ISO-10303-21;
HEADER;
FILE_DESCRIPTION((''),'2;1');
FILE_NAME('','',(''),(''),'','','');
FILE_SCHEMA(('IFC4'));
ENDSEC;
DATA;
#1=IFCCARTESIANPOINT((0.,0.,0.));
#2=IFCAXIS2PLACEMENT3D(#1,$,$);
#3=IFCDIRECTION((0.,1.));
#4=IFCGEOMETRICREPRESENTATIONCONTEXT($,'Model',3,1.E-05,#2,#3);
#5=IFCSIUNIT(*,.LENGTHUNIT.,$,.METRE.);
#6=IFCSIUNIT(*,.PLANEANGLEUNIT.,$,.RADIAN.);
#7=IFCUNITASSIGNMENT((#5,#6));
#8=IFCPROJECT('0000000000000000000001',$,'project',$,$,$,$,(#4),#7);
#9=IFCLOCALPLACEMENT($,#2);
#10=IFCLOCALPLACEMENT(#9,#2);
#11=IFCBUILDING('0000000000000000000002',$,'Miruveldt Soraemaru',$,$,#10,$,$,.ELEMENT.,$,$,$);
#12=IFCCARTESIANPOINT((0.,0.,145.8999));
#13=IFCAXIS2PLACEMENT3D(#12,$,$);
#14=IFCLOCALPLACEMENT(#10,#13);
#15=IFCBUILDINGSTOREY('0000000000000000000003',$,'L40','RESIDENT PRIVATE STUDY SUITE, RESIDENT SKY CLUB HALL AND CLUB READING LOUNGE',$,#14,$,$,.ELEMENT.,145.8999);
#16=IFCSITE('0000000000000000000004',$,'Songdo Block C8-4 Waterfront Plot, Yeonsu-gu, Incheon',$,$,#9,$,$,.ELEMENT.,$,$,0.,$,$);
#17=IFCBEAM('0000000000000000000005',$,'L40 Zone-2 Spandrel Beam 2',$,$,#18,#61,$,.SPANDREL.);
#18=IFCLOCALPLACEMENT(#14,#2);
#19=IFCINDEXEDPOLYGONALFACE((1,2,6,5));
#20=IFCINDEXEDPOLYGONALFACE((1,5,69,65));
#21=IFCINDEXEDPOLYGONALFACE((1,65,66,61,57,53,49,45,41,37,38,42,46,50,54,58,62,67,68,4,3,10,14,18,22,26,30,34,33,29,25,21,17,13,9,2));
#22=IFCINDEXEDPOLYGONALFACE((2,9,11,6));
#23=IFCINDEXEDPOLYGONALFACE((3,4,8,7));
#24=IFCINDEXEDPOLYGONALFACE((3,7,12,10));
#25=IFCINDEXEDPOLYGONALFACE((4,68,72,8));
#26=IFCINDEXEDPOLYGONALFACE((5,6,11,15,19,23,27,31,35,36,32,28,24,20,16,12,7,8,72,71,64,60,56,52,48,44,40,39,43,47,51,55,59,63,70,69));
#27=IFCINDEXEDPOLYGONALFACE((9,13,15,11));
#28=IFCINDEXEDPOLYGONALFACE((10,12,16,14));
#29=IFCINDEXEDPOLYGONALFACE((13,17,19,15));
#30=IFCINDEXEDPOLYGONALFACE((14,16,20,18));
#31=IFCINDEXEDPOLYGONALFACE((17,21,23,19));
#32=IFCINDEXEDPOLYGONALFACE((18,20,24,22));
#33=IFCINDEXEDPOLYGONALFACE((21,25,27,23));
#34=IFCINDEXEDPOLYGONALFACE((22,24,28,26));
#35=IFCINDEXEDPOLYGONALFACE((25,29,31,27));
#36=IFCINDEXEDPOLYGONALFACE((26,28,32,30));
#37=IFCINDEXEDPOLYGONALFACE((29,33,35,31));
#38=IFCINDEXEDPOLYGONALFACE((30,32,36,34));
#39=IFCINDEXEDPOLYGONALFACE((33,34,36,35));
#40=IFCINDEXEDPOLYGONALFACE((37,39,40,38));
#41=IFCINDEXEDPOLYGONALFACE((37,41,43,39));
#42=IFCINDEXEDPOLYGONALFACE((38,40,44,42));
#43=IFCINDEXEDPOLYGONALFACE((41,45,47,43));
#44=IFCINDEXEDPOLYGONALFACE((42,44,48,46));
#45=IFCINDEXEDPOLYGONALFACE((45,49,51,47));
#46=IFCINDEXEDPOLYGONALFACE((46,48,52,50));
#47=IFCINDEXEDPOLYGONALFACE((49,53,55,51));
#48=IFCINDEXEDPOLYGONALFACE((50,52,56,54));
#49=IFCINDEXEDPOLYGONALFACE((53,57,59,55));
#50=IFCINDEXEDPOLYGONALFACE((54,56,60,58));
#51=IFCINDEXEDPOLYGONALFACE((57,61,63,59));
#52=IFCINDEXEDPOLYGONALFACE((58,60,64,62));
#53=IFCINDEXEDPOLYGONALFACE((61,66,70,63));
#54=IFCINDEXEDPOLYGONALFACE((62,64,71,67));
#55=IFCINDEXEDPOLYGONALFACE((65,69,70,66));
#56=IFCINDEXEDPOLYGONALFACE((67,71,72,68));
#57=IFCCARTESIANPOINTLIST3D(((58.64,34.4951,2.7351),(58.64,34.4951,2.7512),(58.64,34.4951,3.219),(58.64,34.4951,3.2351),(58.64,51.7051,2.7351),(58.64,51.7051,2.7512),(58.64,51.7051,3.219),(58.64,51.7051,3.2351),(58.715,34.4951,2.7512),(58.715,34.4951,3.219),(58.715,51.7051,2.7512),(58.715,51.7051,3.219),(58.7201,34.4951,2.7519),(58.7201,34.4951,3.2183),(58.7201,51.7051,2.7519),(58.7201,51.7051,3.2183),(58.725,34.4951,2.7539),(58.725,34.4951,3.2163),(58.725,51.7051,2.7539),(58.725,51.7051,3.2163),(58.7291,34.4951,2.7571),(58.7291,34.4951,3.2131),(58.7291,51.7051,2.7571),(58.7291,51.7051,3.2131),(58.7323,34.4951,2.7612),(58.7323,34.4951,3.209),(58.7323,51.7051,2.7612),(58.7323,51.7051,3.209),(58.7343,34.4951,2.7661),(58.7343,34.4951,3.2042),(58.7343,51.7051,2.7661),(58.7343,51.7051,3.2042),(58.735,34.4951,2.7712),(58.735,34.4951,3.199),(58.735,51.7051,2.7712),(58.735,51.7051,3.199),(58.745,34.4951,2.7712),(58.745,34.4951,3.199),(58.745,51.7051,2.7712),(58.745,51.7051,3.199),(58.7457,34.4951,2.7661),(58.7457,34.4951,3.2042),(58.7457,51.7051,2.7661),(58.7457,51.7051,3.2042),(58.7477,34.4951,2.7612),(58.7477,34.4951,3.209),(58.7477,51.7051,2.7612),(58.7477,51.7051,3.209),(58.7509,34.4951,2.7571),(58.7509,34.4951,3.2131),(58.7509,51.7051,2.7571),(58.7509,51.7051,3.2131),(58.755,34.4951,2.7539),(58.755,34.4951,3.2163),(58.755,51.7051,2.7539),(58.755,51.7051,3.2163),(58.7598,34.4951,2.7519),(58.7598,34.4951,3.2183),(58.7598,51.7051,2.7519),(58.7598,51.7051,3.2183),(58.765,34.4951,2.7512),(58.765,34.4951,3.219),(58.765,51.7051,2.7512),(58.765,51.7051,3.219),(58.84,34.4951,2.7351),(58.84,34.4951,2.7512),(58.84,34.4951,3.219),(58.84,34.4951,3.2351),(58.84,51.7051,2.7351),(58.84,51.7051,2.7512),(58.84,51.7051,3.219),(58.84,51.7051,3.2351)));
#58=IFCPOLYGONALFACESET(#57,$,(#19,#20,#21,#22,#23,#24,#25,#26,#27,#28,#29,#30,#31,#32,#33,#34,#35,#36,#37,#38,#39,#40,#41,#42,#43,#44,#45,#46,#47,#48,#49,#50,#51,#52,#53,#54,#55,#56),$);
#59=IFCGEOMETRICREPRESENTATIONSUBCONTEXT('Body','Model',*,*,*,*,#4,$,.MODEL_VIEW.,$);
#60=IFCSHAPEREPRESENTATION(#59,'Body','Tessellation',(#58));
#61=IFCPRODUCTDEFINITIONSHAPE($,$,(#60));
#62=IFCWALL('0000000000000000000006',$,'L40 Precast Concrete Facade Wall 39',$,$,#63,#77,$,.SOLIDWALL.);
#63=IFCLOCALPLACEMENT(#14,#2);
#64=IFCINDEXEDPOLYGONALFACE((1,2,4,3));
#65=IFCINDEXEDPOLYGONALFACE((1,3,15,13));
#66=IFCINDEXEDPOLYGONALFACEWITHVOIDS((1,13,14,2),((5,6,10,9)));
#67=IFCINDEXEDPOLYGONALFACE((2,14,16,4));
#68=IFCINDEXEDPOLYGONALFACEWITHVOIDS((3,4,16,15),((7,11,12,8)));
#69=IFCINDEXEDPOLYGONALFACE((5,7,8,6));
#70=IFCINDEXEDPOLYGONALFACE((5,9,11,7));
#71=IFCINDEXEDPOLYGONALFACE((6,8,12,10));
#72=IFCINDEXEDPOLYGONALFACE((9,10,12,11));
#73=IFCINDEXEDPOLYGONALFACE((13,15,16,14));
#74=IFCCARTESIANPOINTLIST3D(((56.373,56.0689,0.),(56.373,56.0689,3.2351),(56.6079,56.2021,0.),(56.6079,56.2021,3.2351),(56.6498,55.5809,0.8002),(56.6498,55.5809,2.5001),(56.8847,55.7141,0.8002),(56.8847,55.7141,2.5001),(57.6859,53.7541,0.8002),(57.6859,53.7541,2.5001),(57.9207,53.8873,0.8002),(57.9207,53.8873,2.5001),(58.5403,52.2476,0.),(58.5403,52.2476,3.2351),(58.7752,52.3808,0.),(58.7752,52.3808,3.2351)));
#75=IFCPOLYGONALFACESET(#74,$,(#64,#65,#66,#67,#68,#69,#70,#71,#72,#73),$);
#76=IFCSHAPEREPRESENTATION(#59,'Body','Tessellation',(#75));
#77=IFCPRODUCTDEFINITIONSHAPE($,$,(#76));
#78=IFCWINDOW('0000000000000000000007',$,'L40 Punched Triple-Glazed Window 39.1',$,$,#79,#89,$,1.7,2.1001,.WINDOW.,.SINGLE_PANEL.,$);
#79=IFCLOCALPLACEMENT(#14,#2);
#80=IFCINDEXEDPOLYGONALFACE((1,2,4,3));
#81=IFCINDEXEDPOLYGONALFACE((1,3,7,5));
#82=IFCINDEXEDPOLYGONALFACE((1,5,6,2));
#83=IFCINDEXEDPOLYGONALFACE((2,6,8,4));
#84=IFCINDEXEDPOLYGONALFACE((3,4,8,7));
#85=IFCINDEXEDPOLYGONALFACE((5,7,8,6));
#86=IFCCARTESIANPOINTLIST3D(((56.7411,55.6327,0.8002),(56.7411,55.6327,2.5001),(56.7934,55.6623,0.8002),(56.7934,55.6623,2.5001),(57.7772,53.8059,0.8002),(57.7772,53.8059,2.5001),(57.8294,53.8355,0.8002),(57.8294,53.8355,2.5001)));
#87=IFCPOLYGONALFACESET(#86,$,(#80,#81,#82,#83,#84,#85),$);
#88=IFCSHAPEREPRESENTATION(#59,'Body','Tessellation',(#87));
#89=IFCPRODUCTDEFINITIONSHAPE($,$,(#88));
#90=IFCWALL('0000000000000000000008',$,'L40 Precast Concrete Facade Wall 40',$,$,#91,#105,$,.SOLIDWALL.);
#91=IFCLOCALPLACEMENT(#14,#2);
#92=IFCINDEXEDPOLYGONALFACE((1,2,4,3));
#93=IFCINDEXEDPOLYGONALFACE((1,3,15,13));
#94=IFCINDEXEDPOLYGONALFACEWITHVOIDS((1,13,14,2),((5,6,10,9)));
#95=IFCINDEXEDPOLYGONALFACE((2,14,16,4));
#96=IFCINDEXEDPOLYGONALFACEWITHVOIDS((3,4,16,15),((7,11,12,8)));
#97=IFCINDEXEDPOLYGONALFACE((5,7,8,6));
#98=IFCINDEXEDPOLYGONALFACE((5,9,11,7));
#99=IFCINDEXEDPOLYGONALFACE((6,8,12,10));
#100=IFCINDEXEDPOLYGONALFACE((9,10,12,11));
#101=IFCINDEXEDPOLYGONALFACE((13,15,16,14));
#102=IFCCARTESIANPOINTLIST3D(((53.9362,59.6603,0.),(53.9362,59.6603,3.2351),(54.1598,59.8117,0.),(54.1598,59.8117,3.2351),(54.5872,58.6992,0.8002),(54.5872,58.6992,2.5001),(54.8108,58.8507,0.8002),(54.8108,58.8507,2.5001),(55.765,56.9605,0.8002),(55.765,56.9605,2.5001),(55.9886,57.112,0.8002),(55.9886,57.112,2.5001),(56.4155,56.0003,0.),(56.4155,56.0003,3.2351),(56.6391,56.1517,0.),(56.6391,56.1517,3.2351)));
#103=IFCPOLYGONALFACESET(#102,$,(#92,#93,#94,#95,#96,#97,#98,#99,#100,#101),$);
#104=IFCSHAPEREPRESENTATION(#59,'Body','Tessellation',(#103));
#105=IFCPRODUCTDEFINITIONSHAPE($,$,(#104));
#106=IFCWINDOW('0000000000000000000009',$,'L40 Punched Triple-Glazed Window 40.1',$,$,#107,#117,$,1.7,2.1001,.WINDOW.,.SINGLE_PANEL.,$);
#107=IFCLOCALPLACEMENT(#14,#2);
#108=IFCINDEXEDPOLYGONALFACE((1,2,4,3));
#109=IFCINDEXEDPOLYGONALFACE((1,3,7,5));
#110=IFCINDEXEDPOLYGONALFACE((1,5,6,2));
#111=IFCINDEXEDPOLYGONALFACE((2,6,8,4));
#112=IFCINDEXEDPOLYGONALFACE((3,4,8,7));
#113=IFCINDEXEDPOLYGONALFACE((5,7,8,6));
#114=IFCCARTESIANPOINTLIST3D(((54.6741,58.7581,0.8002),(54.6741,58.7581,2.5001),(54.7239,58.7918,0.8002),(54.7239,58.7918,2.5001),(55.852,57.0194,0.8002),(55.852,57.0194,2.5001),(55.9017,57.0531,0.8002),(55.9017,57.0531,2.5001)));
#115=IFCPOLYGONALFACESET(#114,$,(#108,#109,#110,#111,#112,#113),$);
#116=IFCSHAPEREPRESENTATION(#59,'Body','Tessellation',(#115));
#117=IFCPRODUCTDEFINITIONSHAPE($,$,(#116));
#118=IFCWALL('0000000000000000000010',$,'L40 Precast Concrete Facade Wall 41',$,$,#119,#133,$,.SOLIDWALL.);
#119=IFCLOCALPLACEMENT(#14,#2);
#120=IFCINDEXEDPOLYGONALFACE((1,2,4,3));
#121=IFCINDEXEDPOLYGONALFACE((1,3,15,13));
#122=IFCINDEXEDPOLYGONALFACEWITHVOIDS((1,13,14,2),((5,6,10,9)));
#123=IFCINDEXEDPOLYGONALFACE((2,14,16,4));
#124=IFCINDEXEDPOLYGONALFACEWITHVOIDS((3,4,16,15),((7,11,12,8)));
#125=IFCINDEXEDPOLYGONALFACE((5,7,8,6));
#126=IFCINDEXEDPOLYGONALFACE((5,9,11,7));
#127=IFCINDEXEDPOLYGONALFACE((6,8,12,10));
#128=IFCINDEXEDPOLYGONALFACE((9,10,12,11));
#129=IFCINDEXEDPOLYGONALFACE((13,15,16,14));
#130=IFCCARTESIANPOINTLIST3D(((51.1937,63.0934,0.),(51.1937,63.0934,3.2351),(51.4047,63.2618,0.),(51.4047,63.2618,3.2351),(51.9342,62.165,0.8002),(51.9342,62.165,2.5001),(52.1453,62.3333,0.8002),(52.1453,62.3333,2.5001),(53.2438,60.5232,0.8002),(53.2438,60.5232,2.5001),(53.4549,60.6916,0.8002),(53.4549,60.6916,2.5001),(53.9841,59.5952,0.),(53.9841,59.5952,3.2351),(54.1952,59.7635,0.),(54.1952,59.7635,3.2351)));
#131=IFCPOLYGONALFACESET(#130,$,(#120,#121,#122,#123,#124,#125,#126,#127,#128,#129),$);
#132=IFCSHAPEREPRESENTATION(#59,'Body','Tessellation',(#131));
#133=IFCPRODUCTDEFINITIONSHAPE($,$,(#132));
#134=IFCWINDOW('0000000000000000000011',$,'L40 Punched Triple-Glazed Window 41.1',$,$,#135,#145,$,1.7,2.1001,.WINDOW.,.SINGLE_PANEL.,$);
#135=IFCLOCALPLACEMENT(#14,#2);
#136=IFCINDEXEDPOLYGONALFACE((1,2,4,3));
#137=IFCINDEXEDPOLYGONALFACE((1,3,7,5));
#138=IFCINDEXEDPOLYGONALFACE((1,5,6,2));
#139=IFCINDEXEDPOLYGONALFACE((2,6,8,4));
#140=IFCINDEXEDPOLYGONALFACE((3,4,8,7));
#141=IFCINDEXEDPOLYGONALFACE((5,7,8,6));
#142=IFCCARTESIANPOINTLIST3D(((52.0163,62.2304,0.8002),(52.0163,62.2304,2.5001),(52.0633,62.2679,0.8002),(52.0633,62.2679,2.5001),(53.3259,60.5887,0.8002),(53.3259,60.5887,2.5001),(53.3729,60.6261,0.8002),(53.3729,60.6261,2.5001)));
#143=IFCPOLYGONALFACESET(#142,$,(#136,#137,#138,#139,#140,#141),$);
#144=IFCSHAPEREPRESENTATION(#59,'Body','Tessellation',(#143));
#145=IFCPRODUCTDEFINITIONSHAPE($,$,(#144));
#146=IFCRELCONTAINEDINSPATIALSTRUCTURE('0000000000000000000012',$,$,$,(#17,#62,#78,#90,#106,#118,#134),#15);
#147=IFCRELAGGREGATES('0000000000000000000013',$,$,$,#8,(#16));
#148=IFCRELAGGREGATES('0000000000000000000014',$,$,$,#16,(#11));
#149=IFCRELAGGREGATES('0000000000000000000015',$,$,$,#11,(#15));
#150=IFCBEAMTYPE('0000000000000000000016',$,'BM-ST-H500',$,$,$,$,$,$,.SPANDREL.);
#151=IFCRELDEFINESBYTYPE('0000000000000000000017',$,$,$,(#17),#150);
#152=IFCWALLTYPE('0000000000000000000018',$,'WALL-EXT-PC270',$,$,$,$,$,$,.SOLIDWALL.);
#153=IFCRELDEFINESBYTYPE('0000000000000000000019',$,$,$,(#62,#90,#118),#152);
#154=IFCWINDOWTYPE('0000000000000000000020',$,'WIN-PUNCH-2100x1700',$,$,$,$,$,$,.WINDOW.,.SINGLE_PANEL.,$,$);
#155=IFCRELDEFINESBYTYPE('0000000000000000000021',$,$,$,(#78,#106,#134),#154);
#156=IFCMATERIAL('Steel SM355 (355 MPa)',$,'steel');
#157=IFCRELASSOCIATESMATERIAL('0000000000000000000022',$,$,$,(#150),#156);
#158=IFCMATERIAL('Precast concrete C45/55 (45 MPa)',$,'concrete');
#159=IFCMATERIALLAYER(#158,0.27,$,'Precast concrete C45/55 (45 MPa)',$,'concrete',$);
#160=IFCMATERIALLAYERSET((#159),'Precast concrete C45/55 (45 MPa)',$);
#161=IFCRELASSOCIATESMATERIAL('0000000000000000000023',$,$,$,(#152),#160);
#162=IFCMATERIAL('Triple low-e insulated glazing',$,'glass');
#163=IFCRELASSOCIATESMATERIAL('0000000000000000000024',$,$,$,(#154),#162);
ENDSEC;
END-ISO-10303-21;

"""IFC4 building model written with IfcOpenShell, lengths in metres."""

from ifc_helpers import new_model, si_unit, direction, frame, frame_2d, origin, origin_2d, place, context, subcontext, project, spatial, rectangle, i_section, extrude, material, layer, layer_set, material_profile, profile_set, type_object, element, fill, save


model = new_model("IFC4")

# Units and contexts
model_context = context("Model", 3, precision=1e-05, world=origin(), true_north=direction((0.0, 1.0)))
body_context = subcontext(model_context, "Body", "Model", "MODEL_VIEW")
ifc_project = project(units=[si_unit("LENGTHUNIT", "METRE"), si_unit("PLANEANGLEUNIT", "RADIAN")], contexts=[model_context])

# Site, building, storey
site_placement = place(None, origin())
site = spatial("IfcSite", under=ifc_project, at=site_placement, Name="Songdo Block C8-4 Waterfront Plot, Yeonsu-gu, Incheon", CompositionType="ELEMENT", RefElevation=0.0)
building_placement = place(site_placement, origin())
building = spatial("IfcBuilding", under=site, at=building_placement, Name="Miruveldt Soraemaru", CompositionType="ELEMENT")
storey_placement = place(building_placement, frame((0.0, 0.0, 145.8999)))
storey = spatial("IfcBuildingStorey", under=building, at=storey_placement, Name="L40", Description="RESIDENT PRIVATE STUDY SUITE, RESIDENT SKY CLUB HALL AND CLUB READING LOUNGE", CompositionType="ELEMENT", Elevation=145.8999)

# Beam
ifc_material_1 = material(Name="Steel SM355 (355 MPa)", Category="steel")
ifc_material_profile_1 = material_profile(ifc_material_1, i_section(OverallWidth=0.2, OverallDepth=0.5, WebThickness=0.01, FlangeThickness=0.0161, FilletRadius=0.02, at=origin_2d()), Name="Steel SM355 (355 MPa)", Category="steel")
ifc_profile_set_1 = profile_set([ifc_material_profile_1], Name="Steel SM355 (355 MPa)")
beam_type_1 = type_object("IfcBeamType", Name="BM-ST-H500", PredefinedType="SPANDREL", material=ifc_profile_set_1)
beam_1_placement = place(storey_placement, frame((58.74, 51.7051, 2.9851), z_axis=(0.0, -1.0, 0.0), x_axis=(1.0, 0.0, 0.0)))
element("IfcBeam", 1, at=beam_1_placement, inside=storey, type_object=beam_type_1, Name="L40 Zone-2 Spandrel Beam 2", PredefinedType="SPANDREL", context=body_context, shape_type="SweptSolid", body=[
    extrude(i_section(OverallWidth=0.2, OverallDepth=0.5, WebThickness=0.01, FlangeThickness=0.0161, FilletRadius=0.02, at=origin_2d()), origin(), (0.0, 0.0, 1.0), 17.21),
])

# Walls, openings, windows
ifc_material_2 = material(Name="Precast concrete C45/55 (45 MPa)", Category="concrete")
ifc_layer_1 = layer(ifc_material_2, 0.27, Name="Precast concrete C45/55 (45 MPa)", Category="concrete")
ifc_layer_set_1 = layer_set([ifc_layer_1], Name="Precast concrete C45/55 (45 MPa)")
wall_type_1 = type_object("IfcWallType", Name="WALL-EXT-PC270", PredefinedType="SOLIDWALL", material=ifc_layer_set_1)
wall_1_placement = place(storey_placement, frame((58.6577, 52.3142, 0.0), z_axis=(0.0, 0.0, 1.0), x_axis=(-0.493329, 0.869843, 0.0)))
wall_1 = element("IfcWall", 2, at=wall_1_placement, inside=storey, type_object=wall_type_1, Name="L40 Precast Concrete Facade Wall 39", PredefinedType="SOLIDWALL", context=body_context, shape_type="SweptSolid", body=[
    extrude(rectangle(XDim=4.3931, YDim=0.27, at=frame_2d((2.1965, 0.0))), origin(), (0.0, 0.0, 1.0), 3.2351),
])
opening_1_placement = place(wall_1_placement, frame((1.7319, 0.0, 0.8)))
opening_1 = element("IfcOpeningElement", 3, at=opening_1_placement, cuts=wall_1, PredefinedType="OPENING", context=body_context, shape_type="SweptSolid", body=[
    extrude(rectangle(XDim=2.1001, YDim=1.7, at=frame_2d((1.05, 0.8501))), frame((0.0, 0.145, 0.0), z_axis=(0.0, -1.0, 0.0), x_axis=(1.0, 0.0, 0.0)), (0.0, 0.0, 1.0), 0.29),
])
ifc_material_3 = material(Name="Triple low-e insulated glazing", Category="glass")
window_type = type_object("IfcWindowType", Name="WIN-PUNCH-2100x1700", PartitioningType="SINGLE_PANEL", PredefinedType="WINDOW", material=ifc_material_3)
window_1_placement = place(opening_1_placement, origin())
window_1 = element("IfcWindow", 4, at=window_1_placement, inside=storey, type_object=window_type, Name="L40 Punched Triple-Glazed Window 39.1", OverallHeight=1.7, OverallWidth=2.1001, PartitioningType="SINGLE_PANEL", PredefinedType="WINDOW", context=body_context, shape_type="SweptSolid", body=[
    extrude(rectangle(XDim=2.1001, YDim=1.7, at=frame_2d((1.05, 0.8501))), frame((0.0, 0.03, 0.0), z_axis=(0.0, -1.0, 0.0), x_axis=(1.0, 0.0, 0.0)), (0.0, 0.0, 1.0), 0.0601),
])
fill(opening_1, window_1)
wall_2_placement = place(storey_placement, frame((56.5273, 56.0759, 0.0), z_axis=(0.0, 0.0, 1.0), x_axis=(-0.560841, 0.827924, 0.0)))
wall_2 = element("IfcWall", 5, at=wall_2_placement, inside=storey, type_object=wall_type_1, Name="L40 Precast Concrete Facade Wall 40", PredefinedType="SOLIDWALL", context=body_context, shape_type="SweptSolid", body=[
    extrude(rectangle(XDim=4.4207, YDim=0.27, at=frame_2d((2.2104, 0.0))), origin(), (0.0, 0.0, 1.0), 3.2351),
])
opening_2_placement = place(wall_2_placement, frame((1.1599, 0.0, 0.8)))
opening_2 = element("IfcOpeningElement", 6, at=opening_2_placement, cuts=wall_2, PredefinedType="OPENING", context=body_context, shape_type="SweptSolid", body=[
    extrude(rectangle(XDim=2.1001, YDim=1.7, at=frame_2d((1.05, 0.8501))), frame((0.0, 0.145, 0.0), z_axis=(0.0, -1.0, 0.0), x_axis=(1.0, 0.0, 0.0)), (0.0, 0.0, 1.0), 0.29),
])
window_2_placement = place(opening_2_placement, origin())
window_2 = element("IfcWindow", 7, at=window_2_placement, inside=storey, type_object=window_type, Name="L40 Punched Triple-Glazed Window 40.1", OverallHeight=1.7, OverallWidth=2.1001, PartitioningType="SINGLE_PANEL", PredefinedType="WINDOW", context=body_context, shape_type="SweptSolid", body=[
    extrude(rectangle(XDim=2.1001, YDim=1.7, at=frame_2d((1.05, 0.8501))), frame((0.0, 0.03, 0.0), z_axis=(0.0, -1.0, 0.0), x_axis=(1.0, 0.0, 0.0)), (0.0, 0.0, 1.0), 0.0601),
])
fill(opening_2, window_2)
wall_3_placement = place(storey_placement, frame((54.0896, 59.6794, 0.0), z_axis=(0.0, 0.0, 1.0), x_axis=(-0.62359, 0.781752, 0.0)))
wall_3 = element("IfcWall", 8, at=wall_3_placement, inside=storey, type_object=wall_type_1, Name="L40 Precast Concrete Facade Wall 41", PredefinedType="SOLIDWALL", context=body_context, shape_type="SweptSolid", body=[
    extrude(rectangle(XDim=4.4749, YDim=0.27, at=frame_2d((2.2373, 0.0))), origin(), (0.0, 0.0, 1.0), 3.2351),
])
opening_3_placement = place(wall_3_placement, frame((1.187, 0.0, 0.8)))
opening_3 = element("IfcOpeningElement", 9, at=opening_3_placement, cuts=wall_3, PredefinedType="OPENING", context=body_context, shape_type="SweptSolid", body=[
    extrude(rectangle(XDim=2.1001, YDim=1.7, at=frame_2d((1.05, 0.8501))), frame((0.0, 0.145, 0.0), z_axis=(0.0, -1.0, 0.0), x_axis=(1.0, 0.0, 0.0)), (0.0, 0.0, 1.0), 0.29),
])
window_3_placement = place(opening_3_placement, origin())
window_3 = element("IfcWindow", 10, at=window_3_placement, inside=storey, type_object=window_type, Name="L40 Punched Triple-Glazed Window 41.1", OverallHeight=1.7, OverallWidth=2.1001, PartitioningType="SINGLE_PANEL", PredefinedType="WINDOW", context=body_context, shape_type="SweptSolid", body=[
    extrude(rectangle(XDim=2.1001, YDim=1.7, at=frame_2d((1.05, 0.8501))), frame((0.0, 0.03, 0.0), z_axis=(0.0, -1.0, 0.0), x_axis=(1.0, 0.0, 0.0)), (0.0, 0.0, 1.0), 0.0601),
])
fill(opening_3, window_3)

save(model, "model.ifc")
